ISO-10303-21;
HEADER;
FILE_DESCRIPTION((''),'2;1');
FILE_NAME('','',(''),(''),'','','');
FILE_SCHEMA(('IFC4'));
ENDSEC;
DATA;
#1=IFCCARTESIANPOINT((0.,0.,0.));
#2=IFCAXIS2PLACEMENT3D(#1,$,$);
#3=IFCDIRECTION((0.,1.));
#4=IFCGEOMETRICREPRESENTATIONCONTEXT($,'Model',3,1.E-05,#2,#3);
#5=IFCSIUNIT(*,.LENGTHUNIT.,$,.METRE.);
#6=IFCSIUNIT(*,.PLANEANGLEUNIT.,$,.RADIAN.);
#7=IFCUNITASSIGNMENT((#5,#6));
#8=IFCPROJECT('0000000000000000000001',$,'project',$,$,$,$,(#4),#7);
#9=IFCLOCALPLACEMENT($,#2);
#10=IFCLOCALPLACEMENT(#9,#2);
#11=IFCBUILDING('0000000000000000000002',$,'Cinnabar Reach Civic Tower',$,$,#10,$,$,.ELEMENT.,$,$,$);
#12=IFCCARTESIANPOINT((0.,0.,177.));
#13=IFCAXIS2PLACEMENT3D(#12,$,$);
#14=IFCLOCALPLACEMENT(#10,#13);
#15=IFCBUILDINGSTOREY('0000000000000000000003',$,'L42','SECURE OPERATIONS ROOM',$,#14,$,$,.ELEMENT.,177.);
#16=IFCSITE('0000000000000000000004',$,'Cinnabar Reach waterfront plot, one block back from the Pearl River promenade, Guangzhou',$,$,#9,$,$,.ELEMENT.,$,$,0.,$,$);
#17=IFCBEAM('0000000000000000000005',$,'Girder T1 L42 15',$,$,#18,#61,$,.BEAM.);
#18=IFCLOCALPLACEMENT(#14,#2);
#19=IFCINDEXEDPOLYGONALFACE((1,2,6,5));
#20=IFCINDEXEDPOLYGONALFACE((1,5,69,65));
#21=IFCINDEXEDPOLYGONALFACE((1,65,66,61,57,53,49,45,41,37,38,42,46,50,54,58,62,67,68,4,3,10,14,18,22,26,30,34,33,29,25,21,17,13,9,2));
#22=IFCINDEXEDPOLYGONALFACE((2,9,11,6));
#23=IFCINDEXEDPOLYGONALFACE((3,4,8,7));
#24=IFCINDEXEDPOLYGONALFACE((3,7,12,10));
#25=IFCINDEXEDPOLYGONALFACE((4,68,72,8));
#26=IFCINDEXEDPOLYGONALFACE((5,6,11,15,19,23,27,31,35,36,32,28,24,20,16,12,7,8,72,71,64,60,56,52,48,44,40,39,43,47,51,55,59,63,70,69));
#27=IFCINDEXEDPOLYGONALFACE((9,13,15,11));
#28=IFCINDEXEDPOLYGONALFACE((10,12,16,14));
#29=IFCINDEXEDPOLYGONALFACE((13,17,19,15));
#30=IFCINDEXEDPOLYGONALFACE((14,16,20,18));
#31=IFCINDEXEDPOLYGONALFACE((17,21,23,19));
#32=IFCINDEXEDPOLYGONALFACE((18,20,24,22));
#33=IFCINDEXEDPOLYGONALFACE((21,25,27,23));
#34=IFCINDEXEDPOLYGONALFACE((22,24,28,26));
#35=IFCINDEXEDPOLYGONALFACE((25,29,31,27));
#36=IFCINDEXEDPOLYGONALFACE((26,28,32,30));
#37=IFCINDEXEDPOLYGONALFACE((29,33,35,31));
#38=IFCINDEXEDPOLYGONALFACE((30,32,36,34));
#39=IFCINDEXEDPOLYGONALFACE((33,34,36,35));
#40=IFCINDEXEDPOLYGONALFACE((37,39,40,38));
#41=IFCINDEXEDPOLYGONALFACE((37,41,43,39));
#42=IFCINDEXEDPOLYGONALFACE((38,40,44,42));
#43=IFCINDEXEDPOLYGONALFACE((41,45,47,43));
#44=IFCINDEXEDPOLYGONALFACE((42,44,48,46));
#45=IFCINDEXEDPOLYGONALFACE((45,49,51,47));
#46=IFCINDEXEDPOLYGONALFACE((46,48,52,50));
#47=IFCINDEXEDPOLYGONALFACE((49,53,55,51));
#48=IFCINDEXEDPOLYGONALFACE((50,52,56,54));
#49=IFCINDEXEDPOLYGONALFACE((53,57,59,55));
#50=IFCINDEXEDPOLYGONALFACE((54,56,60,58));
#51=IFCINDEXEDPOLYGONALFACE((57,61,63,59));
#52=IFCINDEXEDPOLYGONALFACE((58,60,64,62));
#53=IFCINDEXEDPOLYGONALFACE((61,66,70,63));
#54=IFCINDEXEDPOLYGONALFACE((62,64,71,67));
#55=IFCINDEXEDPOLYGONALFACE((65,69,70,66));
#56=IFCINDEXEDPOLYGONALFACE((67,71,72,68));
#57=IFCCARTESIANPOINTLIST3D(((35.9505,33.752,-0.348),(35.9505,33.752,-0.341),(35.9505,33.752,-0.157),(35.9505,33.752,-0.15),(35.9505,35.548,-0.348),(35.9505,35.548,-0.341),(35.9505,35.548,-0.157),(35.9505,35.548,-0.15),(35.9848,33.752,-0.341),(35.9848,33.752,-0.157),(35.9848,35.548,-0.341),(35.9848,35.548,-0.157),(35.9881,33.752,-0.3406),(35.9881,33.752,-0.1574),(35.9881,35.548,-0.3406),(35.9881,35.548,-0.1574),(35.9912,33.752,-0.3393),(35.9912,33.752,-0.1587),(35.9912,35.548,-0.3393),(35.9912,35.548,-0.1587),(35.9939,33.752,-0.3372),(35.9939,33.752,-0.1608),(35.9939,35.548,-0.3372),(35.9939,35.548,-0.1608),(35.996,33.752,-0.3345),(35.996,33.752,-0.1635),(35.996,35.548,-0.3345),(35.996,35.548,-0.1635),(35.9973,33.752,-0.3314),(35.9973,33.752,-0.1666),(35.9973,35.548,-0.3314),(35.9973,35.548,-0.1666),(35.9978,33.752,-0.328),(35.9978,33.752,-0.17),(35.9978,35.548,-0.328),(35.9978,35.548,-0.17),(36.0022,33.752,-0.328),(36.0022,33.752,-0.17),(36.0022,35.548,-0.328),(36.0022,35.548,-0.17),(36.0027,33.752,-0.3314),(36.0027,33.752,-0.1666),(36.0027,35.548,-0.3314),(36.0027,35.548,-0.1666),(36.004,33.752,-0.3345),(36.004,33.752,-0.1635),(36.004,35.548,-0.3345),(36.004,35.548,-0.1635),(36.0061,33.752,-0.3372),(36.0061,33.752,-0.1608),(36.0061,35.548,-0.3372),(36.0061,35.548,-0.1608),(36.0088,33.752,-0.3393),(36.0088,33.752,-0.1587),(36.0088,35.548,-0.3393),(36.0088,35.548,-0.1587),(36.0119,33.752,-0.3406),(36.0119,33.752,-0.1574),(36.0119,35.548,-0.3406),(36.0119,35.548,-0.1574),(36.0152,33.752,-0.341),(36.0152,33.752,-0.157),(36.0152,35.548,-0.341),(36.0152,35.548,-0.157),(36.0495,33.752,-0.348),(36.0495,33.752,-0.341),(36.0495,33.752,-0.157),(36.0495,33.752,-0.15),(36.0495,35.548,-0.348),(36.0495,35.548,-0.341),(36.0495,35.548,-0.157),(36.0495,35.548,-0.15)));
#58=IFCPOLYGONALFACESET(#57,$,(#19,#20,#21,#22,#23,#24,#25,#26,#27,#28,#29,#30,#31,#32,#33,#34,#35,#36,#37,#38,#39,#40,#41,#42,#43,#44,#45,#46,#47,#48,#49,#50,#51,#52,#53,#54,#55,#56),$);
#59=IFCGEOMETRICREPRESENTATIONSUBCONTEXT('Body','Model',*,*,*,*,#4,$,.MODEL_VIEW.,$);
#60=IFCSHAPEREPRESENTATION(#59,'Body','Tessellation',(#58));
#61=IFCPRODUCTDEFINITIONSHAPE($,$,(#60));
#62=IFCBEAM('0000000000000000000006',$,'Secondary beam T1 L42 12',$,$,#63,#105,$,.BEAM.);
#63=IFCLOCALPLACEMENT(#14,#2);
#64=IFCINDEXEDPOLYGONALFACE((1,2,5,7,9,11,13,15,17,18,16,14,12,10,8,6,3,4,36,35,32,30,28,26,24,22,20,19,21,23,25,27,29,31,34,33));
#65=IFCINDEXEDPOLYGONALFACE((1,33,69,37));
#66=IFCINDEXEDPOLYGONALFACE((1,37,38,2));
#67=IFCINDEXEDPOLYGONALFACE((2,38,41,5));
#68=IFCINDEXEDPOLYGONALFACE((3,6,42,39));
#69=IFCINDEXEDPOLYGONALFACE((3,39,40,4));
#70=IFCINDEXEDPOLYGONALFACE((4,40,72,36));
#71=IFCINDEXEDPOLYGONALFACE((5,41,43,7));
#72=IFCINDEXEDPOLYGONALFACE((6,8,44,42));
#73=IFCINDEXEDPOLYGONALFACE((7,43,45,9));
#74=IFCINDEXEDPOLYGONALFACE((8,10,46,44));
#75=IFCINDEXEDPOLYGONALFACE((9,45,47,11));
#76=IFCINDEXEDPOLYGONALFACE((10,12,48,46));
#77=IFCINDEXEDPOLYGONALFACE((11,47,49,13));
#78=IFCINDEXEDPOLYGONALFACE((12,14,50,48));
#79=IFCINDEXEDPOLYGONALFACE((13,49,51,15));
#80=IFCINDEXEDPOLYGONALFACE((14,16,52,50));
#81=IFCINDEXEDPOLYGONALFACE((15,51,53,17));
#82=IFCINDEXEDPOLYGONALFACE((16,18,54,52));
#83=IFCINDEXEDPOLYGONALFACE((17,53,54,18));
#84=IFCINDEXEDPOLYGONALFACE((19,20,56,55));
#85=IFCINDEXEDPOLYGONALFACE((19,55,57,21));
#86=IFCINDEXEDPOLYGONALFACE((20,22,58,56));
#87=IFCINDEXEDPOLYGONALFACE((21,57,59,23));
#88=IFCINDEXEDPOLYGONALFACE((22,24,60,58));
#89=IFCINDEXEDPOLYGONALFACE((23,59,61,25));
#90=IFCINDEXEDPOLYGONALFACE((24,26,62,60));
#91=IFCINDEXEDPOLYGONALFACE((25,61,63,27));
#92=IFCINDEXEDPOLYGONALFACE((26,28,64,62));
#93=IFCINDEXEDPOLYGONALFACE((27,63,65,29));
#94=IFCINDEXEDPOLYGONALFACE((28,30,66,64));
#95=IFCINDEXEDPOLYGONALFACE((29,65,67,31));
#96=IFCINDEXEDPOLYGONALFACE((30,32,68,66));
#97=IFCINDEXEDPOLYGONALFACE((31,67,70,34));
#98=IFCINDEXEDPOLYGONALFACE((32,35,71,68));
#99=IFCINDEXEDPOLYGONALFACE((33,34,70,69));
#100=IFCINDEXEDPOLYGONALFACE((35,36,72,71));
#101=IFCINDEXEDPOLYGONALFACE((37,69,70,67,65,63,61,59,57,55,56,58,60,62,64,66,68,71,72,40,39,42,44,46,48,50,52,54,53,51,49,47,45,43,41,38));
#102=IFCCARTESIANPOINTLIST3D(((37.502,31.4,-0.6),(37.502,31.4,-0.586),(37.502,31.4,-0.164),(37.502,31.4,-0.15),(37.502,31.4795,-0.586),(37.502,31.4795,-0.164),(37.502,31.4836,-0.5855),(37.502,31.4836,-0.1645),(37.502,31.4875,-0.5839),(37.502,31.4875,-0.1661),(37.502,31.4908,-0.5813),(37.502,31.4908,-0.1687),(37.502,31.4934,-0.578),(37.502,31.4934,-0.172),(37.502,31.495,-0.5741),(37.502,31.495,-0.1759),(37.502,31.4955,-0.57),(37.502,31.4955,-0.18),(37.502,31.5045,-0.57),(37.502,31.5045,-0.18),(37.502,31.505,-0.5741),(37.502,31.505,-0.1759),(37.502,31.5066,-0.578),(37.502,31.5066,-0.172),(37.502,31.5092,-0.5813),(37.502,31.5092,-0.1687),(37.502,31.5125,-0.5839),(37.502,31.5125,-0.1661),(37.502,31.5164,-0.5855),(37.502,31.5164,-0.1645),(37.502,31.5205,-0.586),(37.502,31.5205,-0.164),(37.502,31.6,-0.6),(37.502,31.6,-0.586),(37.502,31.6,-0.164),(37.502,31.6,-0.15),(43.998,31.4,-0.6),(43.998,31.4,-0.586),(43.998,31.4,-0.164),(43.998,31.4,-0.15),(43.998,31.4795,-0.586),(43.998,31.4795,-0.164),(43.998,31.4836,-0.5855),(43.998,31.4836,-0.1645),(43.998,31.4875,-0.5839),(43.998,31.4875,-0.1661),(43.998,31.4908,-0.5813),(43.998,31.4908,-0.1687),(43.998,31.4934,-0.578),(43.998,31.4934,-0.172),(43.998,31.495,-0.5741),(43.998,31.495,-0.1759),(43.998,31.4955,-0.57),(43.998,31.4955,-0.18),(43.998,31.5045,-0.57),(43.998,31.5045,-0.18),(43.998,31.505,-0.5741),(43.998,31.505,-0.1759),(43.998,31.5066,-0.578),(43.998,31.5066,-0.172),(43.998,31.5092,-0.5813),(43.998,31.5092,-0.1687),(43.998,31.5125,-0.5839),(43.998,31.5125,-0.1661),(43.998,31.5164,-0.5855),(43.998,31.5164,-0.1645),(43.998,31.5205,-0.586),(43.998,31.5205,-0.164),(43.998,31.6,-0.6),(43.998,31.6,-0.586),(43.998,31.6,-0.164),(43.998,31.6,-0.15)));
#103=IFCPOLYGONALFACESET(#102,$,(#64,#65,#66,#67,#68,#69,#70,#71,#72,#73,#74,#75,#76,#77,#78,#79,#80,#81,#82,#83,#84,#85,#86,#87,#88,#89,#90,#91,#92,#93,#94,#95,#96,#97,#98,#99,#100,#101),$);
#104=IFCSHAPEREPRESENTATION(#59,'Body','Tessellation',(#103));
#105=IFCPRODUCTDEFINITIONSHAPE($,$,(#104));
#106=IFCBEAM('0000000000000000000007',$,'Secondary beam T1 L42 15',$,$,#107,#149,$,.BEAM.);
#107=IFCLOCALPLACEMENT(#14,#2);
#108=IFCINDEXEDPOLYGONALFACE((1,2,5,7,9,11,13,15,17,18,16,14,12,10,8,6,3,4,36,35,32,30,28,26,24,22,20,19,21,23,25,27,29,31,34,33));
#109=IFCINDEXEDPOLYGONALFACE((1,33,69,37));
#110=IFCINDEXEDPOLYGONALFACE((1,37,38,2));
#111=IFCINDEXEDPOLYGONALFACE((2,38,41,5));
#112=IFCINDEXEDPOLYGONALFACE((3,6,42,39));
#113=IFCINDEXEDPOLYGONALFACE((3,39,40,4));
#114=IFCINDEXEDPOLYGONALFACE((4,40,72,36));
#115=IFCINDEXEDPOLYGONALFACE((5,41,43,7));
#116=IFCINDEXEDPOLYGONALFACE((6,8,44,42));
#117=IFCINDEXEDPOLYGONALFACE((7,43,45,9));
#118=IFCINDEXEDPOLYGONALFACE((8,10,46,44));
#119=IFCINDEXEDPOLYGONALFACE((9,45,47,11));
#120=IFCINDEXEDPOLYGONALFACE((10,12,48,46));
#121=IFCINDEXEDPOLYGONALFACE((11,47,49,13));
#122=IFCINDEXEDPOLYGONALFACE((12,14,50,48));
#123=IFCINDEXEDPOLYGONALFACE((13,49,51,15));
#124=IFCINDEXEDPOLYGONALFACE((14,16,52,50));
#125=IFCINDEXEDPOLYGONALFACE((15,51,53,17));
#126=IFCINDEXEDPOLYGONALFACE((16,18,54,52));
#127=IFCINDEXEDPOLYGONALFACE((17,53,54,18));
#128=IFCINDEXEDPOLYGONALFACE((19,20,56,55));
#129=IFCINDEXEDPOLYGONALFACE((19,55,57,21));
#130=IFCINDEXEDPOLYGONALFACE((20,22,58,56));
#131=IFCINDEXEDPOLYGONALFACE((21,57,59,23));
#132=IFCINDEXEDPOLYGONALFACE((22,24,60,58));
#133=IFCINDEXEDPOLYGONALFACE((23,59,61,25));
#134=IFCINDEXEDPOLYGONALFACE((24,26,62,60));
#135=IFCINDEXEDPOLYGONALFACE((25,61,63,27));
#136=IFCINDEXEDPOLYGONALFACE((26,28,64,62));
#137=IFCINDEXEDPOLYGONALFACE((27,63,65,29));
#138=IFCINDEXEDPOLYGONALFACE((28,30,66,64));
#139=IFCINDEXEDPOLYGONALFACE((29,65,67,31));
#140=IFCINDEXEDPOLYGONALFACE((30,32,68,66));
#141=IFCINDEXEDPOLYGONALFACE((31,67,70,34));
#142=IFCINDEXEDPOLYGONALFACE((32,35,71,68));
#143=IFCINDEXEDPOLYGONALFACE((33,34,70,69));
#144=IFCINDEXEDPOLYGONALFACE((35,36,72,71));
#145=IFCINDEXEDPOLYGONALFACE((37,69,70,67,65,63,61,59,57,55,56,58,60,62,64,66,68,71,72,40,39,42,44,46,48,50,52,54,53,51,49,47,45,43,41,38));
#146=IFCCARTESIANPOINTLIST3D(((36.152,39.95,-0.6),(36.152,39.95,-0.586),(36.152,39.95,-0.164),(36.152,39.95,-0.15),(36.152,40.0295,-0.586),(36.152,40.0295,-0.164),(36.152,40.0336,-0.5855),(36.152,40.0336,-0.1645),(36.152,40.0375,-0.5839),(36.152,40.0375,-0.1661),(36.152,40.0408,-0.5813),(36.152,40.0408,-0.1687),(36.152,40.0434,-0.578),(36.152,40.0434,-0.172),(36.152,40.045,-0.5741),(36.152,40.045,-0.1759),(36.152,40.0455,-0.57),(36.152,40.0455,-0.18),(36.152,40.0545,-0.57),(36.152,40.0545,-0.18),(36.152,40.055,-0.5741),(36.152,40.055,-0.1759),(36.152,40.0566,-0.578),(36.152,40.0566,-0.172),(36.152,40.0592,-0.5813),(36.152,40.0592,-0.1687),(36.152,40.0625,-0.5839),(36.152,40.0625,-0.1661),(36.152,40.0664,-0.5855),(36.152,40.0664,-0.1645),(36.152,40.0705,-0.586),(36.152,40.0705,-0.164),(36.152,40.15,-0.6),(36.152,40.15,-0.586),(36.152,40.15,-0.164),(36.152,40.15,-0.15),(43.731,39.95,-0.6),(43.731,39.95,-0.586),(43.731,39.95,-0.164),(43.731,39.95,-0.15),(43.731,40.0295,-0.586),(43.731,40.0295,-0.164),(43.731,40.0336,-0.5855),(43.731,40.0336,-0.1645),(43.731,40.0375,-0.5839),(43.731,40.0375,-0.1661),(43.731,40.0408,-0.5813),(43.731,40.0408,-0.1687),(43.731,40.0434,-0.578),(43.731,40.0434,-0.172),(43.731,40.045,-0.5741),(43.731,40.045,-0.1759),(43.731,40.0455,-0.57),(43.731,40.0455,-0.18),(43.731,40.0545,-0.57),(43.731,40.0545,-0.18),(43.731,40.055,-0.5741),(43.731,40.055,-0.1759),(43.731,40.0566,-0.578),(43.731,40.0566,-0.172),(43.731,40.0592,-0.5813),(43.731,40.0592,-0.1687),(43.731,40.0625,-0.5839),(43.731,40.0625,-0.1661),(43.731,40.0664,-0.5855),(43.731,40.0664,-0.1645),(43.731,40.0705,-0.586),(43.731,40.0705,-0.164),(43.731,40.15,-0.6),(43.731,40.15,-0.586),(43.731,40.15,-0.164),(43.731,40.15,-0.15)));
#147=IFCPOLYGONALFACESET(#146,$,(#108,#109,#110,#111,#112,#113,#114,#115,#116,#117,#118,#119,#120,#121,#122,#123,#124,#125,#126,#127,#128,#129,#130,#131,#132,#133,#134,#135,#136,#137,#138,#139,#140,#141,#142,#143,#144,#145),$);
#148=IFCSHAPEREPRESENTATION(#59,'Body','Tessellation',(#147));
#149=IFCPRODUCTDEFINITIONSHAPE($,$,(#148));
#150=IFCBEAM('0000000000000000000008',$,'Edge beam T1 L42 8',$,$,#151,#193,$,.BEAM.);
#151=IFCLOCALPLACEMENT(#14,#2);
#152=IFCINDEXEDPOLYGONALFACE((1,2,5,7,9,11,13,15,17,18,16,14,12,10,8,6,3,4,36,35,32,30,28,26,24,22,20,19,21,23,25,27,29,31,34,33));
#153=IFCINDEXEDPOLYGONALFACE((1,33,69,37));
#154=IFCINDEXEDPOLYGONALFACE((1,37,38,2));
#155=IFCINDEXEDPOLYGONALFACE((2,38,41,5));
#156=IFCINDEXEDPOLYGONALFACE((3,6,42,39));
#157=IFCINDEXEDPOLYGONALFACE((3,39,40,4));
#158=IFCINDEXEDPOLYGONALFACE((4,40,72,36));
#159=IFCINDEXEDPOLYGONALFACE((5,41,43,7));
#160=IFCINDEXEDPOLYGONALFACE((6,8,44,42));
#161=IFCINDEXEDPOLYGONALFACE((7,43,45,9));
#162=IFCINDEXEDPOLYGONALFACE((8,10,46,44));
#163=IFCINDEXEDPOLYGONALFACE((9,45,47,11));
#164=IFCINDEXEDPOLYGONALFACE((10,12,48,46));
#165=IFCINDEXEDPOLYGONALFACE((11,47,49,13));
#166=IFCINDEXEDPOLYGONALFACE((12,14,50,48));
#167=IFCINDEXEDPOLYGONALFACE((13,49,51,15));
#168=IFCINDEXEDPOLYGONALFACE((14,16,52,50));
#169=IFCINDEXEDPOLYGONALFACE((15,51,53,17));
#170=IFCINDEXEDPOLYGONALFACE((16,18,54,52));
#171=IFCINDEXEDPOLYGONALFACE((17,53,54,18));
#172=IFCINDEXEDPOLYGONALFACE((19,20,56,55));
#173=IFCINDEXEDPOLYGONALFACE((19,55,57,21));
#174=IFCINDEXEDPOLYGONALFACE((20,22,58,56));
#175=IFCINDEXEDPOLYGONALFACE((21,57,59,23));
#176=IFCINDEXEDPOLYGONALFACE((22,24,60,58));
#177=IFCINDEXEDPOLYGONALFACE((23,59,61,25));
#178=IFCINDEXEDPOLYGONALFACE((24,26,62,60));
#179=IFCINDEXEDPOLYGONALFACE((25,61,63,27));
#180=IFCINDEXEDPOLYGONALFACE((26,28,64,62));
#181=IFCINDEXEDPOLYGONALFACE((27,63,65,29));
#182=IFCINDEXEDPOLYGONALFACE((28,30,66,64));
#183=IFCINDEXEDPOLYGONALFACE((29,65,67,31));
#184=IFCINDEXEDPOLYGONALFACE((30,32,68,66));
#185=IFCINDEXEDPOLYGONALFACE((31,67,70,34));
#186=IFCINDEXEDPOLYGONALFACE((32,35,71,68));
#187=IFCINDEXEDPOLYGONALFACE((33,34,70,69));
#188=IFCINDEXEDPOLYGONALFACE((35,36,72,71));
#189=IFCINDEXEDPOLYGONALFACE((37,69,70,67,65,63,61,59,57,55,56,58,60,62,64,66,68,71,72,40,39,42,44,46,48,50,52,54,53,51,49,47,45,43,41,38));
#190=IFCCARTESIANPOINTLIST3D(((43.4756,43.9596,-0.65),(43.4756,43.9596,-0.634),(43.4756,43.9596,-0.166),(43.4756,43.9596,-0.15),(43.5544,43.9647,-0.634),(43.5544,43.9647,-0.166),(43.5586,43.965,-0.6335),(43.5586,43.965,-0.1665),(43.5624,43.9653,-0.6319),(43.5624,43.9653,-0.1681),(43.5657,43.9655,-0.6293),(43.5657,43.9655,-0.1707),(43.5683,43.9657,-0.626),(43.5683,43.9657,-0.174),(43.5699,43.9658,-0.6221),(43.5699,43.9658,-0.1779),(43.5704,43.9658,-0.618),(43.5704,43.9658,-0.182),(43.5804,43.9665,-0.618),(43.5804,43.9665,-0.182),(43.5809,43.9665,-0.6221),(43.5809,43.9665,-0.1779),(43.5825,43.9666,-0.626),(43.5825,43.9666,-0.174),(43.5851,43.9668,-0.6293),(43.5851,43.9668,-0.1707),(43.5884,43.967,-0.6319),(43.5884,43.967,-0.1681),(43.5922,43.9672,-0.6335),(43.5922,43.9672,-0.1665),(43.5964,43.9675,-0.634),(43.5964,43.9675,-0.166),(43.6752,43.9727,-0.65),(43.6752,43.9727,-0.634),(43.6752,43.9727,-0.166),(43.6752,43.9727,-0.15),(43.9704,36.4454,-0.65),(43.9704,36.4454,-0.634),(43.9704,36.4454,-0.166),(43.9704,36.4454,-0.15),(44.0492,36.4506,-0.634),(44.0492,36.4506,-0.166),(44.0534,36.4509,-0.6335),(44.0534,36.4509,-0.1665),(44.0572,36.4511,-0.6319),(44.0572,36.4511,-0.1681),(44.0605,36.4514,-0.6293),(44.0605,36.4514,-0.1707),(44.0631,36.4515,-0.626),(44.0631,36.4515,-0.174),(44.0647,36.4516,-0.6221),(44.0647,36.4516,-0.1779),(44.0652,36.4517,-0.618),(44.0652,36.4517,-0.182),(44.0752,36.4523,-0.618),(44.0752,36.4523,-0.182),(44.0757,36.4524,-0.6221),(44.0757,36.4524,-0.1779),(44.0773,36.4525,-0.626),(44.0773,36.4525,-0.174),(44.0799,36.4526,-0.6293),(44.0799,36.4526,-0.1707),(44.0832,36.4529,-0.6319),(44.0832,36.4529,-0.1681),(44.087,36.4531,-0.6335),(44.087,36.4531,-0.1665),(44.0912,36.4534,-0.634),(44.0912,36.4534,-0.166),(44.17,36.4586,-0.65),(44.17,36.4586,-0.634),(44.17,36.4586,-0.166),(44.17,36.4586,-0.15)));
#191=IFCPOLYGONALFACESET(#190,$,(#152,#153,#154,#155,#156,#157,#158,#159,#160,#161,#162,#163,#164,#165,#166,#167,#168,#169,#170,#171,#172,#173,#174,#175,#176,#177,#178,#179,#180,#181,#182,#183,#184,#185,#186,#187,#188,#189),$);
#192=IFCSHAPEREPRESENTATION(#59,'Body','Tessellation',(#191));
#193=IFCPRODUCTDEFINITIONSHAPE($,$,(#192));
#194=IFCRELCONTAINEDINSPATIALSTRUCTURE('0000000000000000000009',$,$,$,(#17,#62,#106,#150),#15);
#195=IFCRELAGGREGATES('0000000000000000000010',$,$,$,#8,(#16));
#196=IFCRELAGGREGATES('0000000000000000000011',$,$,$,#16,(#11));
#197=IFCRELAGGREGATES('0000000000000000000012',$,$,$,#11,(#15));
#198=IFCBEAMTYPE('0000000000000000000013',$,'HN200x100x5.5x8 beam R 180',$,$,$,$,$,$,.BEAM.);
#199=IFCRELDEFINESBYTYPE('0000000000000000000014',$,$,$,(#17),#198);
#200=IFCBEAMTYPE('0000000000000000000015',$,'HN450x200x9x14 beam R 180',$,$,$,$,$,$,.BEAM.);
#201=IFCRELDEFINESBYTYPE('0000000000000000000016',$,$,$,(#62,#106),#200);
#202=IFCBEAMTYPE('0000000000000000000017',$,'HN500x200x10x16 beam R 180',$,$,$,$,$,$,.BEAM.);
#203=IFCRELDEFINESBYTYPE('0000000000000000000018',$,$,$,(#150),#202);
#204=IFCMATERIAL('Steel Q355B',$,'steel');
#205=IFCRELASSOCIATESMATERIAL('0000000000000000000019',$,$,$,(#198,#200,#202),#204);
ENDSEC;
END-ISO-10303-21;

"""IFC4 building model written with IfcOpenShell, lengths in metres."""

from ifc_helpers import new_model, si_unit, direction, frame, origin, origin_2d, place, context, subcontext, project, spatial, i_section, extrude, material, material_profile, profile_set, type_object, element, save


model = new_model("IFC4")

# Units and contexts
model_context = context("Model", 3, precision=1e-05, world=origin(), true_north=direction((0.0, 1.0)))
body_context = subcontext(model_context, "Body", "Model", "MODEL_VIEW")
ifc_project = project(units=[si_unit("LENGTHUNIT", "METRE"), si_unit("PLANEANGLEUNIT", "RADIAN")], contexts=[model_context])

# Site, building, storey
site_placement = place(None, origin())
site = spatial("IfcSite", under=ifc_project, at=site_placement, Name="Cinnabar Reach waterfront plot, one block back from the Pearl River promenade, Guangzhou", CompositionType="ELEMENT", RefElevation=0.0)
building_placement = place(site_placement, origin())
building = spatial("IfcBuilding", under=site, at=building_placement, Name="Cinnabar Reach Civic Tower", CompositionType="ELEMENT")
storey_placement = place(building_placement, frame((0.0, 0.0, 177.0)))
storey = spatial("IfcBuildingStorey", under=building, at=storey_placement, Name="L42", Description="SECURE OPERATIONS ROOM", CompositionType="ELEMENT", Elevation=177.0)

# Beams
ifc_material_1 = material(Name="Steel Q355B", Category="steel")
ifc_material_profile_1 = material_profile(ifc_material_1, i_section(OverallWidth=0.099, OverallDepth=0.198, WebThickness=0.0045, FlangeThickness=0.007, FilletRadius=0.013, at=origin_2d()), Name="HN200x100x5.5x8")
ifc_profile_set_1 = profile_set([ifc_material_profile_1], Name="Steel Q355B")
beam_type_1 = type_object("IfcBeamType", Name="HN200x100x5.5x8 beam R 180", PredefinedType="BEAM", material=ifc_profile_set_1)
beam_1_placement = place(storey_placement, frame((36.0, 33.752, -0.249), z_axis=(0.0, 1.0, 0.0), x_axis=(-1.0, 0.0, 0.0)))
element("IfcBeam", 1, at=beam_1_placement, inside=storey, type_object=beam_type_1, Name="Girder T1 L42 15", PredefinedType="BEAM", context=body_context, shape_type="SweptSolid", body=[
    extrude(i_section(OverallWidth=0.099, OverallDepth=0.198, WebThickness=0.0045, FlangeThickness=0.007, FilletRadius=0.013, at=origin_2d()), origin(), (0.0, 0.0, 1.0), 1.796),
])
ifc_material_profile_2 = material_profile(ifc_material_1, i_section(OverallWidth=0.2, OverallDepth=0.45, WebThickness=0.009, FlangeThickness=0.014, FilletRadius=0.016, at=origin_2d()), Name="HN450x200x9x14")
ifc_profile_set_2 = profile_set([ifc_material_profile_2], Name="Steel Q355B")
beam_type_2 = type_object("IfcBeamType", Name="HN450x200x9x14 beam R 180", PredefinedType="BEAM", material=ifc_profile_set_2)
beam_2_placement = place(storey_placement, frame((37.502, 31.5, -0.375), z_axis=(1.0, 0.0, 0.0), x_axis=(0.0, 1.0, 0.0)))
element("IfcBeam", 2, at=beam_2_placement, inside=storey, type_object=beam_type_2, Name="Secondary beam T1 L42 12", PredefinedType="BEAM", context=body_context, shape_type="SweptSolid", body=[
    extrude(i_section(OverallWidth=0.2, OverallDepth=0.45, WebThickness=0.009, FlangeThickness=0.014, FilletRadius=0.016, at=origin_2d()), origin(), (0.0, 0.0, 1.0), 6.496),
])
beam_3_placement = place(storey_placement, frame((36.152, 40.05, -0.375), z_axis=(1.0, 0.0, 0.0), x_axis=(0.0, 1.0, 0.0)))
element("IfcBeam", 3, at=beam_3_placement, inside=storey, type_object=beam_type_2, Name="Secondary beam T1 L42 15", PredefinedType="BEAM", context=body_context, shape_type="SweptSolid", body=[
    extrude(i_section(OverallWidth=0.2, OverallDepth=0.45, WebThickness=0.009, FlangeThickness=0.014, FilletRadius=0.016, at=origin_2d()), origin(), (0.0, 0.0, 1.0), 7.579),
])
ifc_material_profile_3 = material_profile(ifc_material_1, i_section(OverallWidth=0.2, OverallDepth=0.5, WebThickness=0.01, FlangeThickness=0.016, FilletRadius=0.016, at=origin_2d()), Name="HN500x200x10x16")
ifc_profile_set_3 = profile_set([ifc_material_profile_3], Name="Steel Q355B")
beam_type_3 = type_object("IfcBeamType", Name="HN500x200x10x16 beam R 180", PredefinedType="BEAM", material=ifc_profile_set_3)
beam_4_placement = place(storey_placement, frame((44.0702, 36.452, -0.4), z_axis=(-0.065707, 0.997839, 0.0), x_axis=(-0.997839, -0.065707, 0.0)))
element("IfcBeam", 4, at=beam_4_placement, inside=storey, type_object=beam_type_3, Name="Edge beam T1 L42 8", PredefinedType="BEAM", context=body_context, shape_type="SweptSolid", body=[
    extrude(i_section(OverallWidth=0.2, OverallDepth=0.5, WebThickness=0.01, FlangeThickness=0.016, FilletRadius=0.016, at=origin_2d()), origin(), (0.0, 0.0, 1.0), 7.5304),
])

save(model, "model.ifc")
